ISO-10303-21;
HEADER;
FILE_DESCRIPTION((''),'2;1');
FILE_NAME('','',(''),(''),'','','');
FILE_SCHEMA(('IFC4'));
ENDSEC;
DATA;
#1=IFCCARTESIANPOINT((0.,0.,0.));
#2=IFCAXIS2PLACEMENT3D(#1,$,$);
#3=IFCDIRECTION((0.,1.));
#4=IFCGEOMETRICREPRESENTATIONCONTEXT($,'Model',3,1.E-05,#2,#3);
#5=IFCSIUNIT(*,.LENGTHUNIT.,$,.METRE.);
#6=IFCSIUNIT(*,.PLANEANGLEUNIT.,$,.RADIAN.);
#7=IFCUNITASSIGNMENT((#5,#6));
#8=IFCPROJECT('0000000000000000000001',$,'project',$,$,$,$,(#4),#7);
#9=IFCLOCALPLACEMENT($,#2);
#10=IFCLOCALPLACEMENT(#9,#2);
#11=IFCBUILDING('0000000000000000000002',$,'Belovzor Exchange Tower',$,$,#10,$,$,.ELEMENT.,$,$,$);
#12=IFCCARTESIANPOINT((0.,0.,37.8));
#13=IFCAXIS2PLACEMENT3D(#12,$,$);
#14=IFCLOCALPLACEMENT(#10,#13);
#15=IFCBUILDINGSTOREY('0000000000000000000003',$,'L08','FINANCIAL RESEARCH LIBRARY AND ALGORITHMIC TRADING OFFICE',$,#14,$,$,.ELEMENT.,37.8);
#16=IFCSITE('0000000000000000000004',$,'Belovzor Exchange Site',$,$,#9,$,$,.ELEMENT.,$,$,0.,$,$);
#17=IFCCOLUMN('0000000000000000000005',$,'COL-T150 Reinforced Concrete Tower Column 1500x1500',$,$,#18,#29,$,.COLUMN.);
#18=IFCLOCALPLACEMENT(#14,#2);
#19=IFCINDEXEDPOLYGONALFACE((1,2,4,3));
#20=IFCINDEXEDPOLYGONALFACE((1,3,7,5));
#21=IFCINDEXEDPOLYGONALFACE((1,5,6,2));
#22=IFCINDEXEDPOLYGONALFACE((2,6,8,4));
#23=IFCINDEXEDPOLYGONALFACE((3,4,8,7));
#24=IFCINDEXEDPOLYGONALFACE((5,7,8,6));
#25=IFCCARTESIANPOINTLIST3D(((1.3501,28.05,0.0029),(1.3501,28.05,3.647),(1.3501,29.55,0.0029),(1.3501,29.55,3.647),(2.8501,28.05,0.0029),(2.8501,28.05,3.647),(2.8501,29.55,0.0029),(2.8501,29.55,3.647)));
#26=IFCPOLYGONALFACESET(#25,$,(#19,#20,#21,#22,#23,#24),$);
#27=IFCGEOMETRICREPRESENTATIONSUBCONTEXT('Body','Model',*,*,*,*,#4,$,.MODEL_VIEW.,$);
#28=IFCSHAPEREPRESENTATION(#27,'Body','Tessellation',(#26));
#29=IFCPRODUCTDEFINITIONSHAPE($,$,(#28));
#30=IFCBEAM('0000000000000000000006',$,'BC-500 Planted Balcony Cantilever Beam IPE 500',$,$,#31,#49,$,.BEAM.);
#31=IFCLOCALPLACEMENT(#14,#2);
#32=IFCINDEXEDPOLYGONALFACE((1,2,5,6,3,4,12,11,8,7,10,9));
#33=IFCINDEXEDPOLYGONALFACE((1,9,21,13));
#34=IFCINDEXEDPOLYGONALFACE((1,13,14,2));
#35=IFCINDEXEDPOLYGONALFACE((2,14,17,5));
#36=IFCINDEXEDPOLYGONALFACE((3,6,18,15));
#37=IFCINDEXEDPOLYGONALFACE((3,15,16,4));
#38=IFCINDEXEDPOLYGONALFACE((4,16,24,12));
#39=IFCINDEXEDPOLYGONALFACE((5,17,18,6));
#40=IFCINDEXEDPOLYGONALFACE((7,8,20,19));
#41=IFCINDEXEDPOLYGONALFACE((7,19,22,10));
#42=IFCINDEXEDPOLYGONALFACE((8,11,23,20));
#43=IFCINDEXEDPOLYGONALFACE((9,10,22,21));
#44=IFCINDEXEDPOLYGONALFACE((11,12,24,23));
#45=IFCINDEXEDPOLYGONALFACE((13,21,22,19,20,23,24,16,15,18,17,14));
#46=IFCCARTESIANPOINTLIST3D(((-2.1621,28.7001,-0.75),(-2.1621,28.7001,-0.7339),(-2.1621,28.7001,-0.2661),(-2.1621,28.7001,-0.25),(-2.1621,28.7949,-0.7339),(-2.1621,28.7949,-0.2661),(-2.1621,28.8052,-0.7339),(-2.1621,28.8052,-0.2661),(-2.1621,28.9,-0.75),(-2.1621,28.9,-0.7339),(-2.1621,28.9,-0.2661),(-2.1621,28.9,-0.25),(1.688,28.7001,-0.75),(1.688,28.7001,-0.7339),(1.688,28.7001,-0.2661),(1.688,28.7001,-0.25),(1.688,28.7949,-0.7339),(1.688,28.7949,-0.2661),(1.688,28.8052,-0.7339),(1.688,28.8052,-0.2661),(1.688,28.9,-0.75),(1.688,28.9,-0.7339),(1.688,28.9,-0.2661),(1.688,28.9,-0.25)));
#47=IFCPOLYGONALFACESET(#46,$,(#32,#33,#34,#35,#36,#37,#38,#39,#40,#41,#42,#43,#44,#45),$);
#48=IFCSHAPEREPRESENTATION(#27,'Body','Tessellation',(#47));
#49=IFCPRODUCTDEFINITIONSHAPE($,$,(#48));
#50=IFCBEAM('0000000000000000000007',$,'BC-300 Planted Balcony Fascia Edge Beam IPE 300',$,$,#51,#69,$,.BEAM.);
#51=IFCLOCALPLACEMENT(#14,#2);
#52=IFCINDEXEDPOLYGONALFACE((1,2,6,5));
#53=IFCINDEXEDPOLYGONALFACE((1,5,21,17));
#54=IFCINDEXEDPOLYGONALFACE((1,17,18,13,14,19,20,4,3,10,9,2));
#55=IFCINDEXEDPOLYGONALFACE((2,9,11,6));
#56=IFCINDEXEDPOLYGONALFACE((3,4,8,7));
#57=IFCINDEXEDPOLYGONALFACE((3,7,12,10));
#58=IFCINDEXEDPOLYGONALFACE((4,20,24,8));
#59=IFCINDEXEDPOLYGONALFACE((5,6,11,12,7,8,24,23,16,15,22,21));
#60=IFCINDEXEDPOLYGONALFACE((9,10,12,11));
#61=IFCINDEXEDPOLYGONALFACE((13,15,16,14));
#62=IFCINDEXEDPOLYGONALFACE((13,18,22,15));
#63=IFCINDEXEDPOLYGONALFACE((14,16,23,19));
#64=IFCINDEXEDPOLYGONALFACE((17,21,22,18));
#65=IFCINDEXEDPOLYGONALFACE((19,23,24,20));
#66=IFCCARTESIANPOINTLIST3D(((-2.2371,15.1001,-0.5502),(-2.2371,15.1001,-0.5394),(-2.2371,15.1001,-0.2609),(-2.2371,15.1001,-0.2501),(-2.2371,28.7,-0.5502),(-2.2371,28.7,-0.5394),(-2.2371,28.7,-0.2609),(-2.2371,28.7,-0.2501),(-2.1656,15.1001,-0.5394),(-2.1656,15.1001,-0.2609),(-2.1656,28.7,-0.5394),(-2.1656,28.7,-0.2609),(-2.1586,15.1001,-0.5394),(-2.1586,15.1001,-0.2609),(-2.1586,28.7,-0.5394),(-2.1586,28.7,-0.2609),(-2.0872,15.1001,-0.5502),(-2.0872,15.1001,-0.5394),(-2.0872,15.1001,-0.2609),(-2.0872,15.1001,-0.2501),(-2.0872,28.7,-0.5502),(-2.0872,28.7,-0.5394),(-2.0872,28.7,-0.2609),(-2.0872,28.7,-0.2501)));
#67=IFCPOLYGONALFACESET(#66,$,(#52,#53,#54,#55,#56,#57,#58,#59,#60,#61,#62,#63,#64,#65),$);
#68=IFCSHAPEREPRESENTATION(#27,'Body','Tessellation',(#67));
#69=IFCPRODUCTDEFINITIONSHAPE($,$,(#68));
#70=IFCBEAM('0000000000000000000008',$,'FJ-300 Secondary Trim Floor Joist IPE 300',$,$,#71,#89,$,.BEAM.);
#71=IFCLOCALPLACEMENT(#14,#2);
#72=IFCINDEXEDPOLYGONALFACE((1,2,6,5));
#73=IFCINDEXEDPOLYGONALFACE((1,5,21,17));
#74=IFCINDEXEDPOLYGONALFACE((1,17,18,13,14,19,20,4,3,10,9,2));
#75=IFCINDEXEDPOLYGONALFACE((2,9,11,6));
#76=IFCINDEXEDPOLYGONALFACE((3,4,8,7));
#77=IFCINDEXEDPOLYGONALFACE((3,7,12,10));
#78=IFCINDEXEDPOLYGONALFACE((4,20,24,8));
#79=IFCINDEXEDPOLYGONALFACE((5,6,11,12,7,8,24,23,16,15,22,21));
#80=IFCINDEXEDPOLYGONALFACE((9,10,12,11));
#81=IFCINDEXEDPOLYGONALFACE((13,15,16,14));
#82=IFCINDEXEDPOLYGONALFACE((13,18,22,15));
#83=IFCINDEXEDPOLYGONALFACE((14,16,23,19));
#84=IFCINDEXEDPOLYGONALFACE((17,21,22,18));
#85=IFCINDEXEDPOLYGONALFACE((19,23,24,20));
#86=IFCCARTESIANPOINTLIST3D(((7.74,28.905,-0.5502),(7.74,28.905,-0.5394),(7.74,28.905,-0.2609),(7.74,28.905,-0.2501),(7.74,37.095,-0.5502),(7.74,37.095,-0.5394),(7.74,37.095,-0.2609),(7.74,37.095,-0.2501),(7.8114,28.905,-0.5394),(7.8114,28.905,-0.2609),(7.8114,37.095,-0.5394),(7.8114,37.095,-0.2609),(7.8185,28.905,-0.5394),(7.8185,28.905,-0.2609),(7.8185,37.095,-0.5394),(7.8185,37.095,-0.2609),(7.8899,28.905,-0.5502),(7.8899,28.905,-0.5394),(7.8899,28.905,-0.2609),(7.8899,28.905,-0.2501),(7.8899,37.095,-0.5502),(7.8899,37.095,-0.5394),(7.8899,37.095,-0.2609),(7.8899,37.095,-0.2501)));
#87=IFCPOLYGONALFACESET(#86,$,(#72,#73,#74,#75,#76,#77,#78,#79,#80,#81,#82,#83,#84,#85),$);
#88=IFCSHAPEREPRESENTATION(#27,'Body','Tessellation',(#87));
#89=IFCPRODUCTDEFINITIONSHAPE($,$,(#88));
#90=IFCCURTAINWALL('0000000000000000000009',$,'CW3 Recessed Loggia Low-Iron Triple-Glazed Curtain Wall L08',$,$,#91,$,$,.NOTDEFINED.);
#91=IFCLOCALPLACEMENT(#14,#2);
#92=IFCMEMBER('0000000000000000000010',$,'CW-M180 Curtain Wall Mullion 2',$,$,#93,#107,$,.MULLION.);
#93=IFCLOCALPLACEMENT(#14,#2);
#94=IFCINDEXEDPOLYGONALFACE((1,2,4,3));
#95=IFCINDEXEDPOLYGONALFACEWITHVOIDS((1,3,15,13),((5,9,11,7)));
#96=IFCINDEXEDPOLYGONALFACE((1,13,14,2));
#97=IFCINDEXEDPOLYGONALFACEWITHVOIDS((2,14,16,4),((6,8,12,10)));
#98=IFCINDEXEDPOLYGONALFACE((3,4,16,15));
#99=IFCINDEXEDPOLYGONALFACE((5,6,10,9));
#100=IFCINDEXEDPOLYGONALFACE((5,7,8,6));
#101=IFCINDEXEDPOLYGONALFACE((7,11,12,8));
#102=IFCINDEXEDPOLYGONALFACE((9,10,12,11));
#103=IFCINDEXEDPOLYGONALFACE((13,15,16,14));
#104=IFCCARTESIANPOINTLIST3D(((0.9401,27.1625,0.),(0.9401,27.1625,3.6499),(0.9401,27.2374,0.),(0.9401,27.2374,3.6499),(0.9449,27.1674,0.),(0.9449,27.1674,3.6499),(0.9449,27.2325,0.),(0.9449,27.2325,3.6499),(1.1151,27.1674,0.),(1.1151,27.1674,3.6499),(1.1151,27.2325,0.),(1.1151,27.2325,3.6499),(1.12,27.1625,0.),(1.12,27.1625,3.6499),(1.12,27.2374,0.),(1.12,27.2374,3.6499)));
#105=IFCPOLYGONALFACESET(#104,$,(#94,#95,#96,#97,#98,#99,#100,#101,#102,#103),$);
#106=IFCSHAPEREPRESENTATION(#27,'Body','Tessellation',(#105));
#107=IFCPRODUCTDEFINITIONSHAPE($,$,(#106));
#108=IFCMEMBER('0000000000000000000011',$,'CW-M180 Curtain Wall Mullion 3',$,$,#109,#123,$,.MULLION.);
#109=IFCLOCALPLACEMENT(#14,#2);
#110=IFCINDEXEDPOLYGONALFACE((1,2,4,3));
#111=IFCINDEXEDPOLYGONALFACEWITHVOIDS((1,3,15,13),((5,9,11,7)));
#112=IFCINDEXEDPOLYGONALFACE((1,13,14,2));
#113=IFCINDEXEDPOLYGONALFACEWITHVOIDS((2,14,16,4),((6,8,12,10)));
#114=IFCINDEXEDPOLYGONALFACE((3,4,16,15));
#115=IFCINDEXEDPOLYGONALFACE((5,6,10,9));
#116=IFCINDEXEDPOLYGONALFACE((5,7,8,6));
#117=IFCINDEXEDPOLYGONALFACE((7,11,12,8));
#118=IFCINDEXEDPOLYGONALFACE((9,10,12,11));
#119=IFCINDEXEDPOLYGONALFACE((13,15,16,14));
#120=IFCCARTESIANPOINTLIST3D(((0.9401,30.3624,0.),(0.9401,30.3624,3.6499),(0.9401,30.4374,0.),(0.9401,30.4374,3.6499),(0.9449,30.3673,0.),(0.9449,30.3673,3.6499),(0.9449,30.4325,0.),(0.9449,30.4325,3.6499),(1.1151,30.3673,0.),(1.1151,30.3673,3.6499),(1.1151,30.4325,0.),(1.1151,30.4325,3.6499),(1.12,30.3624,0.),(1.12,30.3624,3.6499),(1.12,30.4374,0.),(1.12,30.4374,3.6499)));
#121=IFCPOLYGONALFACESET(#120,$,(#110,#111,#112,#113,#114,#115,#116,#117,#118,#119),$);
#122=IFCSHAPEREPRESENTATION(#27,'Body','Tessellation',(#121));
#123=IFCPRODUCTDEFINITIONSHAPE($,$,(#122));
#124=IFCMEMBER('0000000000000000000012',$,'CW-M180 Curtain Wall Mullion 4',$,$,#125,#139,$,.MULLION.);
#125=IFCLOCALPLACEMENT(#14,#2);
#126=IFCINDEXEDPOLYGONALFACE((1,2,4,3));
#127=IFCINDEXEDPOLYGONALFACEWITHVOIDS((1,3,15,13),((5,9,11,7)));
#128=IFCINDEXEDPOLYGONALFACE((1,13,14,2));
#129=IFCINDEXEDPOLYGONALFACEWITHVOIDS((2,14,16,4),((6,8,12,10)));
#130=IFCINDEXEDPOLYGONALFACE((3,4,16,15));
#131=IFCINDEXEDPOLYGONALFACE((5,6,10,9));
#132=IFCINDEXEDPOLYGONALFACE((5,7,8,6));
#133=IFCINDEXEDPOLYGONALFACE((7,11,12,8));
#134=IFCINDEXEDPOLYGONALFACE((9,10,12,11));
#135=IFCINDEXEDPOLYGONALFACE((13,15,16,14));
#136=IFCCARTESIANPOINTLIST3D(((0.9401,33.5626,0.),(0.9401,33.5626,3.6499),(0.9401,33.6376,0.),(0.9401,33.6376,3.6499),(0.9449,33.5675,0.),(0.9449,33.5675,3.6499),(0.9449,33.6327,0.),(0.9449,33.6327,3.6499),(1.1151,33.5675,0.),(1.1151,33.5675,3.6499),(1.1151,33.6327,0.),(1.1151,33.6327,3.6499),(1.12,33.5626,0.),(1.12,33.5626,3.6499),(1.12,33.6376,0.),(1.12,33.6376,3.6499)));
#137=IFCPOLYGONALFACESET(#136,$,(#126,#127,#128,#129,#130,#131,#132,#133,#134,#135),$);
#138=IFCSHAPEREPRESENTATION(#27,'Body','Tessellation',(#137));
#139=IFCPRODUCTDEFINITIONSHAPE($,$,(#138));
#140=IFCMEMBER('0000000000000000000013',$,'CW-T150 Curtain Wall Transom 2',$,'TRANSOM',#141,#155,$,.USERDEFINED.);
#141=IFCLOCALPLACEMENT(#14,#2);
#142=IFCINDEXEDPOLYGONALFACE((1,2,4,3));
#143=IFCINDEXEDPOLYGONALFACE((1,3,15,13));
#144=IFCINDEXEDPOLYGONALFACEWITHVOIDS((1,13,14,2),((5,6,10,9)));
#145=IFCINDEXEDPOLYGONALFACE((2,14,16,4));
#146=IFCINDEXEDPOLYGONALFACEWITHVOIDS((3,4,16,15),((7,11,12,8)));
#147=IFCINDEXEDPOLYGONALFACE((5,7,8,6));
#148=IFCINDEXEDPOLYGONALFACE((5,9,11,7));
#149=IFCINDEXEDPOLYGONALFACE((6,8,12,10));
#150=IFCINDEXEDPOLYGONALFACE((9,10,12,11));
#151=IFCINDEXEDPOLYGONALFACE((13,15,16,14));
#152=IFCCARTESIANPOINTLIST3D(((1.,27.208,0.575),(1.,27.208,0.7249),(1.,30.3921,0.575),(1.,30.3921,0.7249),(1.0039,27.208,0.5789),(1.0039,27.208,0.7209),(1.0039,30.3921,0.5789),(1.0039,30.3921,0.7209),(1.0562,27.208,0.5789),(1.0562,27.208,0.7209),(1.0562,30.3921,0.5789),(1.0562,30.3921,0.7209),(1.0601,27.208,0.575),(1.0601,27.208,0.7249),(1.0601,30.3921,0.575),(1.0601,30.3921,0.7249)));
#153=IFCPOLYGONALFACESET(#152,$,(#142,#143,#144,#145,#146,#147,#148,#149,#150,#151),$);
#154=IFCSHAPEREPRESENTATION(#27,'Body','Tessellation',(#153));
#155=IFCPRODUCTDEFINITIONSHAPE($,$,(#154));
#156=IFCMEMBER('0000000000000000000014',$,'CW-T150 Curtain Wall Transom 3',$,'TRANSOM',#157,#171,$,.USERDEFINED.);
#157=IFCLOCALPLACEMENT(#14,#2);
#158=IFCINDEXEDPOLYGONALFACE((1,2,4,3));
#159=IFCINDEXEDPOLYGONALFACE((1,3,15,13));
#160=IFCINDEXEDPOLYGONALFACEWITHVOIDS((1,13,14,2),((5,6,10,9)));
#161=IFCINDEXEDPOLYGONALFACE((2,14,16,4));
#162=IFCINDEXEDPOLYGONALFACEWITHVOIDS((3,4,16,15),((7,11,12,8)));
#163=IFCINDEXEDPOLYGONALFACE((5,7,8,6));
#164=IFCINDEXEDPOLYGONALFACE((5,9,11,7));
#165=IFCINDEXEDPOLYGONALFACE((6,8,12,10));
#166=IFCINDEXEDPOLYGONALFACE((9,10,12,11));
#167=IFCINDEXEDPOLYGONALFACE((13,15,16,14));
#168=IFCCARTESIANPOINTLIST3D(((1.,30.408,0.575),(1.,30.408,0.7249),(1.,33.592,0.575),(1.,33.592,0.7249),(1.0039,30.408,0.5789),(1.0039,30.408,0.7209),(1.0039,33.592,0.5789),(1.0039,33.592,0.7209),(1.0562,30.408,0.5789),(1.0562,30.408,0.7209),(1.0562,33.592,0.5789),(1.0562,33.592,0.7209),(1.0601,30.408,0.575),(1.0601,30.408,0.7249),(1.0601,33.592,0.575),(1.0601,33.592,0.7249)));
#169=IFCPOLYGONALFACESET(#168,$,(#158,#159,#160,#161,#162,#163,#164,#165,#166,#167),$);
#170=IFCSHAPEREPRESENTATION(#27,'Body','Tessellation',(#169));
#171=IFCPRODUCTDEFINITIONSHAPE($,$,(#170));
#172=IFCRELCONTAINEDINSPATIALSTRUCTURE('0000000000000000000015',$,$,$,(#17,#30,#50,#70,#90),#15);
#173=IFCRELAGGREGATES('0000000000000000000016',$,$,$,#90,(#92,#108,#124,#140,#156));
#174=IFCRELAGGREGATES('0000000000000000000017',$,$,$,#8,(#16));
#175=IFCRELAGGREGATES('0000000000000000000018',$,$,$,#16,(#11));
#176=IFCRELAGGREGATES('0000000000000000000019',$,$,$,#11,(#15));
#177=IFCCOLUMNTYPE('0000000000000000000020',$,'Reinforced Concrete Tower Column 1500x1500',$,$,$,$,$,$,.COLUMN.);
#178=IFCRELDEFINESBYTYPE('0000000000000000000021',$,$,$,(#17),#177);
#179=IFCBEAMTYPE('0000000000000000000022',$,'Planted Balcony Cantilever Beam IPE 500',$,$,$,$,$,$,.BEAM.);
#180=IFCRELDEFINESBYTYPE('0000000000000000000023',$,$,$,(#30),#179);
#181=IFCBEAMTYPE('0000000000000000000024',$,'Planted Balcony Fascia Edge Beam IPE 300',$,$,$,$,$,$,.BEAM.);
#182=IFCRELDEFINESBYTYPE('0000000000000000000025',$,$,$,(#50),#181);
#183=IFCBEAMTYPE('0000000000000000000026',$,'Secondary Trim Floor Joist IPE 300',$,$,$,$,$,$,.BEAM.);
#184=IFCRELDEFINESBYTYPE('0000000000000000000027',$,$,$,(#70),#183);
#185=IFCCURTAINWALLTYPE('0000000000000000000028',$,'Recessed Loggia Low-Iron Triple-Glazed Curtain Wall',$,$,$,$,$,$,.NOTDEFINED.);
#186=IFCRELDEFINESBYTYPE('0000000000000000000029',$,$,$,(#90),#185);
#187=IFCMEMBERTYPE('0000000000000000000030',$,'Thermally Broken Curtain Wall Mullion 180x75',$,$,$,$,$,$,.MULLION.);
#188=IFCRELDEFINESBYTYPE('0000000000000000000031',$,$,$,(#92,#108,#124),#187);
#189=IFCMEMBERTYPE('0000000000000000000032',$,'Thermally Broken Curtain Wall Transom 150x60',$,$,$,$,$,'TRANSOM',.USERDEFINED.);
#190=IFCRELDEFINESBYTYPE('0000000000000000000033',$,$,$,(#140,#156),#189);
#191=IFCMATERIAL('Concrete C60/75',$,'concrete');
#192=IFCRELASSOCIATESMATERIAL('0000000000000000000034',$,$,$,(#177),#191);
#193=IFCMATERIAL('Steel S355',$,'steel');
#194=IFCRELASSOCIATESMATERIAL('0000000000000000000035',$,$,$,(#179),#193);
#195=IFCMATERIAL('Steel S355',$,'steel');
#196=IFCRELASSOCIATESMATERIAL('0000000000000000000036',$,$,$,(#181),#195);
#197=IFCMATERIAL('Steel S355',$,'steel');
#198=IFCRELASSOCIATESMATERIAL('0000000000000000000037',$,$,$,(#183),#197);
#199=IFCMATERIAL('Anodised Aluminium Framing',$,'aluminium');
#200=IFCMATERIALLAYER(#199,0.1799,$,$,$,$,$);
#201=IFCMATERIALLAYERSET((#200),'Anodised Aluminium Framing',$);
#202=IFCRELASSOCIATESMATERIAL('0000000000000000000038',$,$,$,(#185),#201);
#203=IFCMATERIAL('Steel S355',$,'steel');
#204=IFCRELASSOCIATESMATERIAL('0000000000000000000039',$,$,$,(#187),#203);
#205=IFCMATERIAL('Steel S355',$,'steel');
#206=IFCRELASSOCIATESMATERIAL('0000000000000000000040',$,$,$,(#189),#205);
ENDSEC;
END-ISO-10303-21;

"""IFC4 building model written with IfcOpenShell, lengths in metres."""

from ifc_helpers import new_model, si_unit, direction, frame, origin, origin_2d, place, context, subcontext, project, spatial, rectangle, hollow_rectangle, i_section, extrude, material, layer, layer_set, material_profile, profile_set, type_object, element, aggregate, save


model = new_model("IFC4")

# Units and contexts
model_context = context("Model", 3, precision=1e-05, world=origin(), true_north=direction((0.0, 1.0)))
body_context = subcontext(model_context, "Body", "Model", "MODEL_VIEW")
ifc_project = project(units=[si_unit("LENGTHUNIT", "METRE"), si_unit("PLANEANGLEUNIT", "RADIAN")], contexts=[model_context])

# Site, building, storey
site_placement = place(None, origin())
site = spatial("IfcSite", under=ifc_project, at=site_placement, Name="Belovzor Exchange Site", CompositionType="ELEMENT", RefElevation=0.0)
building_placement = place(site_placement, origin())
building = spatial("IfcBuilding", under=site, at=building_placement, Name="Belovzor Exchange Tower", CompositionType="ELEMENT")
storey_placement = place(building_placement, frame((0.0, 0.0, 37.8)))
storey = spatial("IfcBuildingStorey", under=building, at=storey_placement, Name="L08", Description="FINANCIAL RESEARCH LIBRARY AND ALGORITHMIC TRADING OFFICE", CompositionType="ELEMENT", Elevation=37.8)

# Column
ifc_material_1 = material(Name="Concrete C60/75", Category="concrete")
ifc_material_profile_1 = material_profile(ifc_material_1, rectangle(XDim=1.5, YDim=1.5, at=origin_2d()))
ifc_profile_set_1 = profile_set([ifc_material_profile_1], Name="Concrete C60/75")
column_type = type_object("IfcColumnType", Name="Reinforced Concrete Tower Column 1500x1500", PredefinedType="COLUMN", material=ifc_profile_set_1)
column_placement = place(storey_placement, frame((2.1001, 28.8, 0.0029), z_axis=(0.0, 0.0, 1.0), x_axis=(1.0, 0.0, 0.0)))
element("IfcColumn", 1, at=column_placement, inside=storey, type_object=column_type, Name="COL-T150 Reinforced Concrete Tower Column 1500x1500", PredefinedType="COLUMN", context=body_context, shape_type="SweptSolid", body=[
    extrude(rectangle(XDim=1.5, YDim=1.5, at=origin_2d()), origin(), (0.0, 0.0, 1.0), 3.644),
])

# Beams
ifc_material_2 = material(Name="Steel S355", Category="steel")
ifc_material_profile_2 = material_profile(ifc_material_2, i_section(OverallWidth=0.2, OverallDepth=0.5, WebThickness=0.0103, FlangeThickness=0.0161, at=origin_2d()))
ifc_profile_set_2 = profile_set([ifc_material_profile_2], Name="Steel S355")
beam_type_1 = type_object("IfcBeamType", Name="Planted Balcony Cantilever Beam IPE 500", PredefinedType="BEAM", material=ifc_profile_set_2)
beam_1_placement = place(storey_placement, frame((1.688, 28.8, -0.5), z_axis=(-1.0, 0.0, 0.0), x_axis=(0.0, -1.0, 0.0)))
element("IfcBeam", 2, at=beam_1_placement, inside=storey, type_object=beam_type_1, Name="BC-500 Planted Balcony Cantilever Beam IPE 500", PredefinedType="BEAM", context=body_context, shape_type="SweptSolid", body=[
    extrude(i_section(OverallWidth=0.2, OverallDepth=0.5, WebThickness=0.0103, FlangeThickness=0.0161, at=origin_2d()), origin(), (0.0, 0.0, 1.0), 3.8501),
])
ifc_material_3 = material(Name="Steel S355", Category="steel")
ifc_material_profile_3 = material_profile(ifc_material_3, i_section(OverallWidth=0.1499, OverallDepth=0.3, WebThickness=0.0071, FlangeThickness=0.0107, at=origin_2d()))
ifc_profile_set_3 = profile_set([ifc_material_profile_3], Name="Steel S355")
beam_type_2 = type_object("IfcBeamType", Name="Planted Balcony Fascia Edge Beam IPE 300", PredefinedType="BEAM", material=ifc_profile_set_3)
beam_2_placement = place(storey_placement, frame((-2.1621, 28.7, -0.4001), z_axis=(0.0, -1.0, 0.0), x_axis=(1.0, 0.0, 0.0)))
element("IfcBeam", 3, at=beam_2_placement, inside=storey, type_object=beam_type_2, Name="BC-300 Planted Balcony Fascia Edge Beam IPE 300", PredefinedType="BEAM", context=body_context, shape_type="SweptSolid", body=[
    extrude(i_section(OverallWidth=0.1499, OverallDepth=0.3, WebThickness=0.0071, FlangeThickness=0.0107, at=origin_2d()), origin(), (0.0, 0.0, 1.0), 13.5999),
])
ifc_material_4 = material(Name="Steel S355", Category="steel")
ifc_material_profile_4 = material_profile(ifc_material_4, i_section(OverallWidth=0.1499, OverallDepth=0.3, WebThickness=0.0071, FlangeThickness=0.0107, at=origin_2d()))
ifc_profile_set_4 = profile_set([ifc_material_profile_4], Name="Steel S355")
beam_type_3 = type_object("IfcBeamType", Name="Secondary Trim Floor Joist IPE 300", PredefinedType="BEAM", material=ifc_profile_set_4)
beam_3_placement = place(storey_placement, frame((7.8149, 28.905, -0.4001), z_axis=(0.0, 1.0, 0.0), x_axis=(-1.0, 0.0, 0.0)))
element("IfcBeam", 4, at=beam_3_placement, inside=storey, type_object=beam_type_3, Name="FJ-300 Secondary Trim Floor Joist IPE 300", PredefinedType="BEAM", context=body_context, shape_type="SweptSolid", body=[
    extrude(i_section(OverallWidth=0.1499, OverallDepth=0.3, WebThickness=0.0071, FlangeThickness=0.0107, at=origin_2d()), origin(), (0.0, 0.0, 1.0), 8.1899),
])

# Curtain wall, members
ifc_material_5 = material(Name="Anodised Aluminium Framing", Category="aluminium")
ifc_layer_1 = layer(ifc_material_5, 0.1799)
ifc_layer_set_1 = layer_set([ifc_layer_1], Name="Anodised Aluminium Framing")
curtain_wall_type = type_object("IfcCurtainWallType", Name="Recessed Loggia Low-Iron Triple-Glazed Curtain Wall", PredefinedType="NOTDEFINED", material=ifc_layer_set_1)
curtain_wall_placement = place(storey_placement, origin())
curtain_wall = element("IfcCurtainWall", 5, at=curtain_wall_placement, inside=storey, type_object=curtain_wall_type, Name="CW3 Recessed Loggia Low-Iron Triple-Glazed Curtain Wall L08", PredefinedType="NOTDEFINED")
ifc_material_6 = material(Name="Steel S355", Category="steel")
ifc_material_profile_5 = material_profile(ifc_material_6, hollow_rectangle(XDim=0.075, YDim=0.1799, WallThickness=0.0049, at=origin_2d()))
ifc_profile_set_5 = profile_set([ifc_material_profile_5], Name="Steel S355")
member_type_1 = type_object("IfcMemberType", Name="Thermally Broken Curtain Wall Mullion 180x75", PredefinedType="MULLION", material=ifc_profile_set_5)
member_1_placement = place(storey_placement, frame((1.03, 27.2, 0.0), z_axis=(0.0, 0.0, 1.0), x_axis=(0.0, 1.0, 0.0)))
member_1 = element("IfcMember", 6, at=member_1_placement, type_object=member_type_1, Name="CW-M180 Curtain Wall Mullion 2", PredefinedType="MULLION", context=body_context, shape_type="SweptSolid", body=[
    extrude(hollow_rectangle(XDim=0.075, YDim=0.1799, WallThickness=0.0049, at=origin_2d()), origin(), (0.0, 0.0, 1.0), 3.6499),
])
member_2_placement = place(storey_placement, frame((1.03, 30.3999, 0.0), z_axis=(0.0, 0.0, 1.0), x_axis=(0.0, 1.0, 0.0)))
member_2 = element("IfcMember", 7, at=member_2_placement, type_object=member_type_1, Name="CW-M180 Curtain Wall Mullion 3", PredefinedType="MULLION", context=body_context, shape_type="SweptSolid", body=[
    extrude(hollow_rectangle(XDim=0.075, YDim=0.1799, WallThickness=0.0049, at=origin_2d()), origin(), (0.0, 0.0, 1.0), 3.6499),
])
member_3_placement = place(storey_placement, frame((1.03, 33.6001, 0.0), z_axis=(0.0, 0.0, 1.0), x_axis=(0.0, 1.0, 0.0)))
member_3 = element("IfcMember", 8, at=member_3_placement, type_object=member_type_1, Name="CW-M180 Curtain Wall Mullion 4", PredefinedType="MULLION", context=body_context, shape_type="SweptSolid", body=[
    extrude(hollow_rectangle(XDim=0.075, YDim=0.1799, WallThickness=0.0049, at=origin_2d()), origin(), (0.0, 0.0, 1.0), 3.6499),
])
ifc_material_7 = material(Name="Steel S355", Category="steel")
ifc_material_profile_6 = material_profile(ifc_material_7, hollow_rectangle(XDim=0.0601, YDim=0.1499, WallThickness=0.0039, at=origin_2d()))
ifc_profile_set_6 = profile_set([ifc_material_profile_6], Name="Steel S355")
member_type_2 = type_object("IfcMemberType", Name="Thermally Broken Curtain Wall Transom 150x60", ElementType="TRANSOM", PredefinedType="USERDEFINED", material=ifc_profile_set_6)
member_4_placement = place(storey_placement, frame((1.03, 27.208, 0.6499), z_axis=(0.0, 1.0, 0.0), x_axis=(-1.0, 0.0, 0.0)))
member_4 = element("IfcMember", 9, at=member_4_placement, type_object=member_type_2, Name="CW-T150 Curtain Wall Transom 2", ObjectType="TRANSOM", PredefinedType="USERDEFINED", context=body_context, shape_type="SweptSolid", body=[
    extrude(hollow_rectangle(XDim=0.0601, YDim=0.1499, WallThickness=0.0039, at=origin_2d()), origin(), (0.0, 0.0, 1.0), 3.1841),
])
member_5_placement = place(storey_placement, frame((1.03, 30.408, 0.6499), z_axis=(0.0, 1.0, 0.0), x_axis=(-1.0, 0.0, 0.0)))
member_5 = element("IfcMember", 10, at=member_5_placement, type_object=member_type_2, Name="CW-T150 Curtain Wall Transom 3", ObjectType="TRANSOM", PredefinedType="USERDEFINED", context=body_context, shape_type="SweptSolid", body=[
    extrude(hollow_rectangle(XDim=0.0601, YDim=0.1499, WallThickness=0.0039, at=origin_2d()), origin(), (0.0, 0.0, 1.0), 3.1841),
])

aggregate(curtain_wall, [member_1, member_2, member_3, member_4, member_5])

save(model, "model.ifc")
